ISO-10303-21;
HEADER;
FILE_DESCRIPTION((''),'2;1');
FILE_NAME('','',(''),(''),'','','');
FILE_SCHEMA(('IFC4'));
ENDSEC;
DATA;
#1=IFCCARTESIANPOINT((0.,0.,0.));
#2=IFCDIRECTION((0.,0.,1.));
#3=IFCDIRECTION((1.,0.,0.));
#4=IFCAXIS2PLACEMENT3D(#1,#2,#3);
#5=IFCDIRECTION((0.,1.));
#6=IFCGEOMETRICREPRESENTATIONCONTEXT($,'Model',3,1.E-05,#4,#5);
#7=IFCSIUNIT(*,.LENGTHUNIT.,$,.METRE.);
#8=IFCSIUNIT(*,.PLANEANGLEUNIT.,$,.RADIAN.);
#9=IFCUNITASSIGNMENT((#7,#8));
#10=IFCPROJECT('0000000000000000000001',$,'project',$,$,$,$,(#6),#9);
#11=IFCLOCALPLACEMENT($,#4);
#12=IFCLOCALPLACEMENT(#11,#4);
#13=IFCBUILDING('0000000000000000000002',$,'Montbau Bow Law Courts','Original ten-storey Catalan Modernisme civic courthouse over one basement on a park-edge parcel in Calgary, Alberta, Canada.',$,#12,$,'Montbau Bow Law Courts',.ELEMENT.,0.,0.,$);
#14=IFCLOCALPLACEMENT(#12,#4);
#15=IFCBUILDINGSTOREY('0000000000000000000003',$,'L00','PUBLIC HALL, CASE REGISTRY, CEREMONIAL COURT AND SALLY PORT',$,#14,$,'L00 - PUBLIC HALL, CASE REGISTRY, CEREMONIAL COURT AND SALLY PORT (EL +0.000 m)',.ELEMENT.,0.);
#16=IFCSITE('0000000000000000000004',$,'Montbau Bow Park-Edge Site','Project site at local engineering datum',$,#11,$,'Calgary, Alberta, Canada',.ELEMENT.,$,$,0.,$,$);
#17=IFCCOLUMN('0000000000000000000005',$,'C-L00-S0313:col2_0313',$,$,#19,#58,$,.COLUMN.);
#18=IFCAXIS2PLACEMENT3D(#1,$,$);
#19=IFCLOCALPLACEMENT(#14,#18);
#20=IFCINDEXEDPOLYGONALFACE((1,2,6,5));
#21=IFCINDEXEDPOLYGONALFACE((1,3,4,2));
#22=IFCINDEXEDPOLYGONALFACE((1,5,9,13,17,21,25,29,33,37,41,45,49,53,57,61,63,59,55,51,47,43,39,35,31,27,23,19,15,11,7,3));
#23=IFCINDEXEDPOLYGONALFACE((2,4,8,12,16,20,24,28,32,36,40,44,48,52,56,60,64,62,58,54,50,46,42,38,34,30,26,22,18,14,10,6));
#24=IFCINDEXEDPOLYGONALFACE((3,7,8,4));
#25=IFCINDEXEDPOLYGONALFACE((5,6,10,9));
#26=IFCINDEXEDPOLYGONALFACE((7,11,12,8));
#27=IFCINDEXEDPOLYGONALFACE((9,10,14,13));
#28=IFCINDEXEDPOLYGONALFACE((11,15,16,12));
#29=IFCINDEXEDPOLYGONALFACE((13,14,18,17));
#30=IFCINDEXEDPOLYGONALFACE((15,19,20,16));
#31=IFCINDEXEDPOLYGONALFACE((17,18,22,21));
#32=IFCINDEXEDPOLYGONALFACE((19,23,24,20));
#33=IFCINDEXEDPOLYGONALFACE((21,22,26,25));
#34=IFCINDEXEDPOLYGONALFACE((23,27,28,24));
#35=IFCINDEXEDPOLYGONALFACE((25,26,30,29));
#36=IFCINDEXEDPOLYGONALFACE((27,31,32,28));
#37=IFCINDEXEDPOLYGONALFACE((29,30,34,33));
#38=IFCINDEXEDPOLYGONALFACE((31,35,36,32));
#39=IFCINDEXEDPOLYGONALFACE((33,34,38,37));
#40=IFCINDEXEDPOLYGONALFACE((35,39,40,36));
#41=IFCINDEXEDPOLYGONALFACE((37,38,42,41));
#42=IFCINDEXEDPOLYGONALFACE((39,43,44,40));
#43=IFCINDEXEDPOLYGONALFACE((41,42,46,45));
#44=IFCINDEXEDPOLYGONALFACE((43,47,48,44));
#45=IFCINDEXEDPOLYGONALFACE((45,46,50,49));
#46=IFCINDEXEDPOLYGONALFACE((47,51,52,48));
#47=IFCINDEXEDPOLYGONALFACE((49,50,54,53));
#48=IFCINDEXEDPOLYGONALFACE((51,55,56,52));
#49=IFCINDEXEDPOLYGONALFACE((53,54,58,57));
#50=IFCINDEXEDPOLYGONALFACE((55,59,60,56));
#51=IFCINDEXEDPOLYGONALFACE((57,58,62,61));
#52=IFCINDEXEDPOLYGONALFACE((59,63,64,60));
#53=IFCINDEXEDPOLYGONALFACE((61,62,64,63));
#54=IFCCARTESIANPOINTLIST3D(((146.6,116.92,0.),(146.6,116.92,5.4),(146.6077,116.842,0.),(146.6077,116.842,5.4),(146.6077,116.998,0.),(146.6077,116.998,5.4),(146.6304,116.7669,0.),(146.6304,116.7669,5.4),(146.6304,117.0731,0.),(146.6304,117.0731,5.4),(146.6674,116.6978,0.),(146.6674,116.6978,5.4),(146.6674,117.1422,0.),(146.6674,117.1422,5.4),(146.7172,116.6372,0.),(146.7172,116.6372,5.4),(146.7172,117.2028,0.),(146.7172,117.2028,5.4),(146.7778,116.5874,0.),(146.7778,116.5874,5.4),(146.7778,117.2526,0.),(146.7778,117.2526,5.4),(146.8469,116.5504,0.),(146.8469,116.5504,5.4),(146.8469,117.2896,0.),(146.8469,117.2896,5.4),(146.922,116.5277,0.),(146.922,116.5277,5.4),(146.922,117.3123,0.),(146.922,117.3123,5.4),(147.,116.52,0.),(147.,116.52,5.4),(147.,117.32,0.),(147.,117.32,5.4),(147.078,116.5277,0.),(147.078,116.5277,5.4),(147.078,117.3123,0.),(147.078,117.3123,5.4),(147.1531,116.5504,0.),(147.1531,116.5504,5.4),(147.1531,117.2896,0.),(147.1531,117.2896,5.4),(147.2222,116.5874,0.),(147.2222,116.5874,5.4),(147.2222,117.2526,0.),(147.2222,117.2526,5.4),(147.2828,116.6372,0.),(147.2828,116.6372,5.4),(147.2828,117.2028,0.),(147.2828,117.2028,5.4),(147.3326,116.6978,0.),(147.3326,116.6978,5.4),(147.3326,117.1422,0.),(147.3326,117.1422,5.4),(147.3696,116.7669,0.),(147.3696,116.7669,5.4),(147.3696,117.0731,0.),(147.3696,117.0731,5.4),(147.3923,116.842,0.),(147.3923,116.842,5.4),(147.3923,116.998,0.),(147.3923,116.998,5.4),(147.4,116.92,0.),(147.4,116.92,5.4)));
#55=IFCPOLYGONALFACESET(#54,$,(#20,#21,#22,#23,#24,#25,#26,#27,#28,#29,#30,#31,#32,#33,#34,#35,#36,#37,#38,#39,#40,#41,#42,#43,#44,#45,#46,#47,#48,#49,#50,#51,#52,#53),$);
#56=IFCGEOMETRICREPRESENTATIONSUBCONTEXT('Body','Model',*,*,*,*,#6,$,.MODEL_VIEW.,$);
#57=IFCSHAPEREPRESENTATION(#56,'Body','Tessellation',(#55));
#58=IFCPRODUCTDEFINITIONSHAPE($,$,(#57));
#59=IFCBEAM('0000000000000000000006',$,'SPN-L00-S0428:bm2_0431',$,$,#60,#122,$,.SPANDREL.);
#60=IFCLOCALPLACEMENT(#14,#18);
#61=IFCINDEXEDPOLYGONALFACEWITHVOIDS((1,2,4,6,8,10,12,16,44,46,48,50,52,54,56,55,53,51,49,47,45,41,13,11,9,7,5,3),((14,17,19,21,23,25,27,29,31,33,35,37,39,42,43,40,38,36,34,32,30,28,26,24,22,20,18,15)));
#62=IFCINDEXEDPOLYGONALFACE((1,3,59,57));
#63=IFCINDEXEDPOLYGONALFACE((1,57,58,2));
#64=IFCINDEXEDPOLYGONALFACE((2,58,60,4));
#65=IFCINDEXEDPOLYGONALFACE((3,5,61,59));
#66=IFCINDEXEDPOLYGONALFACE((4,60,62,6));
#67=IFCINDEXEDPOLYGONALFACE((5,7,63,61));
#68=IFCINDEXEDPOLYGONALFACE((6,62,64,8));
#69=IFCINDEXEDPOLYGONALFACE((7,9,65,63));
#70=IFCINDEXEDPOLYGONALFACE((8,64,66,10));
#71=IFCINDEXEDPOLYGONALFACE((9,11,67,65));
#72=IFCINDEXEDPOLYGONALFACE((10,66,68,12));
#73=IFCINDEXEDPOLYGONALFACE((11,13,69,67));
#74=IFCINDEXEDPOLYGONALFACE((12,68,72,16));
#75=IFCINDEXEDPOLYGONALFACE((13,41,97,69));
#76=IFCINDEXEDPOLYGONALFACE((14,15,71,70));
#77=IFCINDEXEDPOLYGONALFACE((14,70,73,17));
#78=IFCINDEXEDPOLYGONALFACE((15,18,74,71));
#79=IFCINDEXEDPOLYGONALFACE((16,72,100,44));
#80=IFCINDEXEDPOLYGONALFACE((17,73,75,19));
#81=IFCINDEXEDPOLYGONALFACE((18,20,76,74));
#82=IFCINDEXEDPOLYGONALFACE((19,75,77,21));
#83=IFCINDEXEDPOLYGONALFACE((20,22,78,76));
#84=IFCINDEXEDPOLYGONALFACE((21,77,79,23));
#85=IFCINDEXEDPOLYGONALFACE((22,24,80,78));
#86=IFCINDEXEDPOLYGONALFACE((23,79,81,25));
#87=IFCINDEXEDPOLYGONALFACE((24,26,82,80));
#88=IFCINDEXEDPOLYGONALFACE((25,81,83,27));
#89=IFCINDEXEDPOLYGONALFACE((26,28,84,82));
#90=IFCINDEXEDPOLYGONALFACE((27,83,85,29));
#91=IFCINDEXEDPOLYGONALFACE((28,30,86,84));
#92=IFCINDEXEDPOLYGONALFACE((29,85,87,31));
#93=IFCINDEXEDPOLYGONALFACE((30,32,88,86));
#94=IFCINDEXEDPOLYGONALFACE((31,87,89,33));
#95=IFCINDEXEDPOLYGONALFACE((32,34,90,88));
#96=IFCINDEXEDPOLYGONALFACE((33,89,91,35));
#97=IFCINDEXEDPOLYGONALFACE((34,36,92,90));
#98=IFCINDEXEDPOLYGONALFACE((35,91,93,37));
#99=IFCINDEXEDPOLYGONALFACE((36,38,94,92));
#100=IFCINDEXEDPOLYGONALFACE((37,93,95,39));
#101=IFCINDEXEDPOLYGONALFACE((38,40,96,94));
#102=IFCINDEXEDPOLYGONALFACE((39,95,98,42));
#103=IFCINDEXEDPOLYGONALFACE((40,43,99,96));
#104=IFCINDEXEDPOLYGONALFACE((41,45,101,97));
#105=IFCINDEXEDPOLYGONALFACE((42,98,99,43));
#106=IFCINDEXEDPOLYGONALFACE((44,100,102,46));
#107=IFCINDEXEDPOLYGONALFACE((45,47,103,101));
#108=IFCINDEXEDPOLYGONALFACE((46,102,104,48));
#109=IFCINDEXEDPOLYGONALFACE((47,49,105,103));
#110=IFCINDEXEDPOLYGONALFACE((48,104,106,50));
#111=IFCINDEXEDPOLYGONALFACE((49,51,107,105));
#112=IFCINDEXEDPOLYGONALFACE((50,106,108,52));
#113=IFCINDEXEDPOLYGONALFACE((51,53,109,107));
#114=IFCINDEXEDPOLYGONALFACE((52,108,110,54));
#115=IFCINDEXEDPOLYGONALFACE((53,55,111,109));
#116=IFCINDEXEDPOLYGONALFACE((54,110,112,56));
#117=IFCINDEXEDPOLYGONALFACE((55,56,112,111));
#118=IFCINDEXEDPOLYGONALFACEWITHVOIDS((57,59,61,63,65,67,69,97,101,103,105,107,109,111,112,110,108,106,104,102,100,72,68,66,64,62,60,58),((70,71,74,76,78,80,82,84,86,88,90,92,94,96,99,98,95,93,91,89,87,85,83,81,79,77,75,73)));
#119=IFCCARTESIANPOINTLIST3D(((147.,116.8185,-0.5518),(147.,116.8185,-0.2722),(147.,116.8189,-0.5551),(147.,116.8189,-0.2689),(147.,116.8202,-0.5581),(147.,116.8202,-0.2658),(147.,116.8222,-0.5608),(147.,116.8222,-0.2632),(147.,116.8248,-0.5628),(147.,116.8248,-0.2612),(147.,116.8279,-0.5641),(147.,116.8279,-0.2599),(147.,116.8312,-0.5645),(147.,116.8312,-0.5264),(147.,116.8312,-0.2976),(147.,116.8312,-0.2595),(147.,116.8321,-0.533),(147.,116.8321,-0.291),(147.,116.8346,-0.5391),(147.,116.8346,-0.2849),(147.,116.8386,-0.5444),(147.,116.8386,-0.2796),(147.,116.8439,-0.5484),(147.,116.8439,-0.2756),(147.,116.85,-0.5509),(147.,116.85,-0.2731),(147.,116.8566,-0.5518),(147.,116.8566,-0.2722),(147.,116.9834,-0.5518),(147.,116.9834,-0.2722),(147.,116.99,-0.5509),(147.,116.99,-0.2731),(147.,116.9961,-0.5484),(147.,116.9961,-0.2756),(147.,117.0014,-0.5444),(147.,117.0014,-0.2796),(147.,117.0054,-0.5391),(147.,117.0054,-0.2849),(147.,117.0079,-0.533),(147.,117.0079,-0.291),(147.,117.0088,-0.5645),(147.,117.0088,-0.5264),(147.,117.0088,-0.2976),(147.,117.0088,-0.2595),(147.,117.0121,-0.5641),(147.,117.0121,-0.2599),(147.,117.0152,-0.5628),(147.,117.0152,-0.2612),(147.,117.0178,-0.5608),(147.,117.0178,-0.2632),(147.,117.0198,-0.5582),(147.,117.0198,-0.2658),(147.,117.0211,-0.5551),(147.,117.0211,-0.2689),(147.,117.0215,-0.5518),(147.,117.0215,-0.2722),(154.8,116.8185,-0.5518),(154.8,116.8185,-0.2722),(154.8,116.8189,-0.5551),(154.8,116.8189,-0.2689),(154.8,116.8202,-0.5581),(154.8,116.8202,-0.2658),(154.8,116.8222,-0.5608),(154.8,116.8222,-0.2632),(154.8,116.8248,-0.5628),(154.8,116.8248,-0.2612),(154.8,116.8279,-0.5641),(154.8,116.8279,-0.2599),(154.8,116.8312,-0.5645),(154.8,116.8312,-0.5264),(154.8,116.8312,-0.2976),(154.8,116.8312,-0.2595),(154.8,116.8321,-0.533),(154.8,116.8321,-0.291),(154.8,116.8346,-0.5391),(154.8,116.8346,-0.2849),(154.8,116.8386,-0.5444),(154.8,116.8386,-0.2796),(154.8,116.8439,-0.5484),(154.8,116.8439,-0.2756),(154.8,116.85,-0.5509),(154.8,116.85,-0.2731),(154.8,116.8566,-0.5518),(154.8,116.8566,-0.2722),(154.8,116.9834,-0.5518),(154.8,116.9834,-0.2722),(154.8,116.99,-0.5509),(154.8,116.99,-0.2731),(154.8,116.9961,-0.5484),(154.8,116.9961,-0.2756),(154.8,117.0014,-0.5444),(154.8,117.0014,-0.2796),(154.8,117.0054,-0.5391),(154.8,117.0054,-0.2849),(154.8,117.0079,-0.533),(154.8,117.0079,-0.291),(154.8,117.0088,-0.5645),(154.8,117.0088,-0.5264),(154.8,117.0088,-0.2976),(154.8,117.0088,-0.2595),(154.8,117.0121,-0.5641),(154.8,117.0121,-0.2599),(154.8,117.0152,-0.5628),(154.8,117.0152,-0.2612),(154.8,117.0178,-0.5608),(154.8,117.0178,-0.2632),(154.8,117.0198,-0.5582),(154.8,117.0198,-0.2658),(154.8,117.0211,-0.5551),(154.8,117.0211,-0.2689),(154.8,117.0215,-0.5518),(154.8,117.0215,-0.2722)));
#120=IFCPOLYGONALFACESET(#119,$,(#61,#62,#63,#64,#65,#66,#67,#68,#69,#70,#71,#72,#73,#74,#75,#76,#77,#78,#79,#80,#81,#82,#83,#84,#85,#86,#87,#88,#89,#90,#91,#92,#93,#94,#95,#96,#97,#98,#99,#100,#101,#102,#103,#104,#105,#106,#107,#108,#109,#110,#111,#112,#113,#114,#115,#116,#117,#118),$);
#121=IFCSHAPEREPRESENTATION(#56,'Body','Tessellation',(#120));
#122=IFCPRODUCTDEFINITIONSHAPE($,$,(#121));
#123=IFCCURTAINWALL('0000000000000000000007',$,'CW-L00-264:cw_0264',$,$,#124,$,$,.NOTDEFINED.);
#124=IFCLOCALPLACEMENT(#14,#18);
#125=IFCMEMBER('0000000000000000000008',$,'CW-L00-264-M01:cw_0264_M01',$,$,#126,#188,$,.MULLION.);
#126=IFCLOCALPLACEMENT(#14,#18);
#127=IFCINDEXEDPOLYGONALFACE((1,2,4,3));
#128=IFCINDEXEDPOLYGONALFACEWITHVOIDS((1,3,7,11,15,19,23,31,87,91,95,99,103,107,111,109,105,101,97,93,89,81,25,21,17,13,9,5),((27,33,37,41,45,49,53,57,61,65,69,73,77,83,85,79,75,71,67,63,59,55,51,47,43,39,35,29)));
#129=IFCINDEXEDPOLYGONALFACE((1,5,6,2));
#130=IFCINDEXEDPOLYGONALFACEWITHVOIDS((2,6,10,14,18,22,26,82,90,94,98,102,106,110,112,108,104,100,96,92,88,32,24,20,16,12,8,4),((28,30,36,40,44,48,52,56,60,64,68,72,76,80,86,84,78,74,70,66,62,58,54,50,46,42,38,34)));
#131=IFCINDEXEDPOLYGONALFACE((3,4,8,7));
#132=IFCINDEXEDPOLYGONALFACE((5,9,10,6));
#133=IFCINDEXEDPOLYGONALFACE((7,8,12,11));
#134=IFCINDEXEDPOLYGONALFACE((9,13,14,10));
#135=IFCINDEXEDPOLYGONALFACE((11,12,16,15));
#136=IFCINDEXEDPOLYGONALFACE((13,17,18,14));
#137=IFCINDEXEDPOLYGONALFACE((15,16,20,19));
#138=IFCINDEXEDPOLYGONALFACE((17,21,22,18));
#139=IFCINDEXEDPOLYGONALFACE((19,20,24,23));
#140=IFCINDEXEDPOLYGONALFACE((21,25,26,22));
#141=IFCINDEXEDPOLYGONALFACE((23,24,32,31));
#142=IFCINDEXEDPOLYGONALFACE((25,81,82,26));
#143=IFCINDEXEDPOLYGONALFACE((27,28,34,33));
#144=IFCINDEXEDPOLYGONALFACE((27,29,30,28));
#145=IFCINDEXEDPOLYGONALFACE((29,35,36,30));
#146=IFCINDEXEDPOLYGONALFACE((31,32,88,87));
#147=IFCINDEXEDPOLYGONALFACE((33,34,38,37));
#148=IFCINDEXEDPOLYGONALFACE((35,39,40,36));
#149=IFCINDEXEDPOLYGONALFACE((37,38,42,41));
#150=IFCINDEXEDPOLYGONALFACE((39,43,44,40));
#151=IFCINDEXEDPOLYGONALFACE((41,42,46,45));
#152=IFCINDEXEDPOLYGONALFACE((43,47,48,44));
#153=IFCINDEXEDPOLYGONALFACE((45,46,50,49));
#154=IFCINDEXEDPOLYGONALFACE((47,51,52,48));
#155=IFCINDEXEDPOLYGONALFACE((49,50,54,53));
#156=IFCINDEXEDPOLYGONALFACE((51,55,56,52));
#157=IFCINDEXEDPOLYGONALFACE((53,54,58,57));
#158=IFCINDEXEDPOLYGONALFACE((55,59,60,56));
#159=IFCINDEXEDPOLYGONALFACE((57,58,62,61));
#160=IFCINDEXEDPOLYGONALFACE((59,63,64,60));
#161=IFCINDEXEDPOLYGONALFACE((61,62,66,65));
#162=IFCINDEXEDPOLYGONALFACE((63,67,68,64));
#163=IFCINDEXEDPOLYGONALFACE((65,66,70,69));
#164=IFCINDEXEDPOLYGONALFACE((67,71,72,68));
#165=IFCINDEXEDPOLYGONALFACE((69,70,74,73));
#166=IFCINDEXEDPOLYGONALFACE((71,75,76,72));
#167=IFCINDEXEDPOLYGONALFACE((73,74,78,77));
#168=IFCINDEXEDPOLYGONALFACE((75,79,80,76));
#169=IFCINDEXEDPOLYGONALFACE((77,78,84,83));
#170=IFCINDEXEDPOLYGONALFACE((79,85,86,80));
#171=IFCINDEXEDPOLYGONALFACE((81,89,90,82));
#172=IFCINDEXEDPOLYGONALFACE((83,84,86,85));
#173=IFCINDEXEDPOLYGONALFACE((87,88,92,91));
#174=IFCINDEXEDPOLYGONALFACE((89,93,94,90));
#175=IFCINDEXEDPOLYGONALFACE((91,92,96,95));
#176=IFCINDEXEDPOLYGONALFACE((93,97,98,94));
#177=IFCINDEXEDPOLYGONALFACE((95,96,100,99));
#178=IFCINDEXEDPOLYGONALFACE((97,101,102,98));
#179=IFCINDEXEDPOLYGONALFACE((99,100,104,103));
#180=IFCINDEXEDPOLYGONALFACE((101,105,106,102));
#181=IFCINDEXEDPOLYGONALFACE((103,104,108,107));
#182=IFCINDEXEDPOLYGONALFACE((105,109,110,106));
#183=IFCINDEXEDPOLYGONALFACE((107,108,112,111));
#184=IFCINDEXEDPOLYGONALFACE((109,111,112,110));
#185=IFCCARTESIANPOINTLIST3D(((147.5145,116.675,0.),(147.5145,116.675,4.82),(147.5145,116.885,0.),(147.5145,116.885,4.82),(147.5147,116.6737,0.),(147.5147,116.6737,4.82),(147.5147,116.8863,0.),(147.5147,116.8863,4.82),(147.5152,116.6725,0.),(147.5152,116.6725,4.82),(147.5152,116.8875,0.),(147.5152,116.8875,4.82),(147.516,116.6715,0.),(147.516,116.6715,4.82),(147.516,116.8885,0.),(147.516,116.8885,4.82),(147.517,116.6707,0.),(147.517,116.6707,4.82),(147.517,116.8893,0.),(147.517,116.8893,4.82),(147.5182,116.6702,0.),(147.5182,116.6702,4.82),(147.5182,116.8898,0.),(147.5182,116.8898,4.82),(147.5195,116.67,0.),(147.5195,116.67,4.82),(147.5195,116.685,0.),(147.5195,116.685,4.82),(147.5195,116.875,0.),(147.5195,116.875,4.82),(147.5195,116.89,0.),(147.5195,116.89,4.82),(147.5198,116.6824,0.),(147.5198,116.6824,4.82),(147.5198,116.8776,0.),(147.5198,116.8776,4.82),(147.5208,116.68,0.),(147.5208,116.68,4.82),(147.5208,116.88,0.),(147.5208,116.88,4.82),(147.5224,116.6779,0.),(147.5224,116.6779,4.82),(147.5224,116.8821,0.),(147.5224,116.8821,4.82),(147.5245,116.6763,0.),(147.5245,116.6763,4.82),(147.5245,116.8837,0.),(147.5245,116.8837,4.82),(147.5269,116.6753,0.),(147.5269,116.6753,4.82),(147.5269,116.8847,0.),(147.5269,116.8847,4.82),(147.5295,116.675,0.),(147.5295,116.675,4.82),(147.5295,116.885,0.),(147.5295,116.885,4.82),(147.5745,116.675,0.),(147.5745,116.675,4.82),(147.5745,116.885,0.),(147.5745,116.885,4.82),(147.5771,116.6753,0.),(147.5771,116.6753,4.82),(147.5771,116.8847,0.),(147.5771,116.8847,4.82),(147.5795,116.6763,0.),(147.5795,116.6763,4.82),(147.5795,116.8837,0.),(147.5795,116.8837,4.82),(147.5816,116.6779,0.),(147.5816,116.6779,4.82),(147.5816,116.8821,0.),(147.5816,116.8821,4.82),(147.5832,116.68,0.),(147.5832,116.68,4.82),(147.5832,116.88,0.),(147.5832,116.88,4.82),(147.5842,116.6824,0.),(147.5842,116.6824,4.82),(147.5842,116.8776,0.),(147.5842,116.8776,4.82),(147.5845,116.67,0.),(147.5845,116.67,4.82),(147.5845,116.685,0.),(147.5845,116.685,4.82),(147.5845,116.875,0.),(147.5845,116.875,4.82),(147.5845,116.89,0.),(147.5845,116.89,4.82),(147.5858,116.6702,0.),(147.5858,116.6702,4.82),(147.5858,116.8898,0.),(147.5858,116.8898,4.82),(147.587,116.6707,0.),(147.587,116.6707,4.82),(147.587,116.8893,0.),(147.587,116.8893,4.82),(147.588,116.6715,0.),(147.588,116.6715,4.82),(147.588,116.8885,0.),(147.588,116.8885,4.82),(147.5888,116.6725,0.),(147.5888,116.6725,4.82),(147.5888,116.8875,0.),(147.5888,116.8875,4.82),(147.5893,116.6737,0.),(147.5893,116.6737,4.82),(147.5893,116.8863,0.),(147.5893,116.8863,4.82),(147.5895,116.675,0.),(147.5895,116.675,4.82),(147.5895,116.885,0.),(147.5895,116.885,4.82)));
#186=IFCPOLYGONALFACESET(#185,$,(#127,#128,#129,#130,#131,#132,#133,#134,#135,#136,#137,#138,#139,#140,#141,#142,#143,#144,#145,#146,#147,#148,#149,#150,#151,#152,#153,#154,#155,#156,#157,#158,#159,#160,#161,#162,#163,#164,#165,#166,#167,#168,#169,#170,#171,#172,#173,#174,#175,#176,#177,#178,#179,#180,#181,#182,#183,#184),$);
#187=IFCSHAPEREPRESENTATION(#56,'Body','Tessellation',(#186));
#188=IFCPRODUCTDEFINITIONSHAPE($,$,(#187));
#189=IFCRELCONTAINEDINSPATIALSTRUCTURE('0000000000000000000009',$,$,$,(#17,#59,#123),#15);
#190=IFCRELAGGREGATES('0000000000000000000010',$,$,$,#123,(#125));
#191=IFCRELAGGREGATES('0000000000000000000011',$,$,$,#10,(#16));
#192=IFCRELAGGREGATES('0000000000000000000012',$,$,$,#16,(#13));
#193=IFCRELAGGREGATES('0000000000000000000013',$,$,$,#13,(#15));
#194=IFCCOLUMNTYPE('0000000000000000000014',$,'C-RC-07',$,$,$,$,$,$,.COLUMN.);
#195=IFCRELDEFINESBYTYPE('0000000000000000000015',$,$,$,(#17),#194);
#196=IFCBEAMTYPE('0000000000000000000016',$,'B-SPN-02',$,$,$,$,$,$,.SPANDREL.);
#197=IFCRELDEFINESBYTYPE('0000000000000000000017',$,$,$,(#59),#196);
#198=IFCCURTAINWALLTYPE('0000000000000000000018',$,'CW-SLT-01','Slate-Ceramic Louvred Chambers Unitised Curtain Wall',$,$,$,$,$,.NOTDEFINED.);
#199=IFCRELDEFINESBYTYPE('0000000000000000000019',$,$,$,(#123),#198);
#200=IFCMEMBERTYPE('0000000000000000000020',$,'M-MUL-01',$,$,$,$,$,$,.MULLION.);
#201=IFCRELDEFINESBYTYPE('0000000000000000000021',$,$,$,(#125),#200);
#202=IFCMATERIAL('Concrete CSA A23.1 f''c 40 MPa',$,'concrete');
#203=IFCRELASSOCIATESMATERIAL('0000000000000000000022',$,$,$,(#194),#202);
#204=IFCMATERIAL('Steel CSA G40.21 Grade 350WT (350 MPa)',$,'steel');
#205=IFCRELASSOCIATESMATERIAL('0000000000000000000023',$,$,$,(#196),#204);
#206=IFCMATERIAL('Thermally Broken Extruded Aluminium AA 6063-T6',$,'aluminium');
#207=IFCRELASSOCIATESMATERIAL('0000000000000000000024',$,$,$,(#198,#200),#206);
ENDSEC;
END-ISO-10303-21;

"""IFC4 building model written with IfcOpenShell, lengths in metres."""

from ifc_helpers import new_model, si_unit, direction, frame, origin_with_axes, origin_2d_with_axis, place, context, subcontext, project, spatial, hollow_rectangle, circle, extrude, material, material_profile, profile_set, type_object, element, aggregate, save


model = new_model("IFC4")

# Units and contexts
model_context = context("Model", 3, precision=1e-05, world=origin_with_axes(), true_north=direction((0.0, 1.0)))
body_context = subcontext(model_context, "Body", "Model", "MODEL_VIEW")
ifc_project = project(units=[si_unit("LENGTHUNIT", "METRE"), si_unit("PLANEANGLEUNIT", "RADIAN")], contexts=[model_context])

# Site, building, storey
site_placement = place(None, origin_with_axes())
site = spatial("IfcSite", under=ifc_project, at=site_placement, Name="Montbau Bow Park-Edge Site", Description="Project site at local engineering datum", LongName="Calgary, Alberta, Canada", CompositionType="ELEMENT", RefElevation=0.0)
building_placement = place(site_placement, origin_with_axes())
building = spatial("IfcBuilding", under=site, at=building_placement, Name="Montbau Bow Law Courts", Description="Original ten-storey Catalan Modernisme civic courthouse over one basement on a park-edge parcel in Calgary, Alberta, Canada.", LongName="Montbau Bow Law Courts", CompositionType="ELEMENT", ElevationOfRefHeight=0.0, ElevationOfTerrain=0.0)
storey_placement = place(building_placement, origin_with_axes())
storey = spatial("IfcBuildingStorey", under=building, at=storey_placement, Name="L00", Description="PUBLIC HALL, CASE REGISTRY, CEREMONIAL COURT AND SALLY PORT", LongName="L00 - PUBLIC HALL, CASE REGISTRY, CEREMONIAL COURT AND SALLY PORT (EL +0.000 m)", CompositionType="ELEMENT", Elevation=0.0)

# Column
ifc_material_1 = material(Name="Concrete CSA A23.1 f'c 40 MPa", Category="concrete")
ifc_material_profile_1 = material_profile(ifc_material_1, circle(Radius=0.4, at=origin_2d_with_axis()), Name="RC800D", Category="Main", Priority=0)
ifc_profile_set_1 = profile_set([ifc_material_profile_1], Name="Concrete CSA A23.1 f'c 40 MPa")
column_type = type_object("IfcColumnType", Name="C-RC-07", PredefinedType="COLUMN", material=ifc_profile_set_1)
column_placement = place(None, frame((147.0, 116.92, 0.0), z_axis=(0.0, 0.0, 1.0), x_axis=(1.0, 0.0, 0.0)))
element("IfcColumn", 1, at=column_placement, inside=storey, type_object=column_type, Name="C-L00-S0313:col2_0313", PredefinedType="COLUMN", context=body_context, shape_type="SweptSolid", body=[
    extrude(circle(Radius=0.4, at=origin_2d_with_axis()), origin_with_axes(), (0.0, 0.0, 1.0), 5.4),
])

# Beam
ifc_material_2 = material(Name="Steel CSA G40.21 Grade 350WT (350 MPa)", Category="steel")
ifc_material_profile_2 = material_profile(ifc_material_2, hollow_rectangle(XDim=0.203, YDim=0.305, WallThickness=0.0127, InnerFilletRadius=0.0254, OuterFilletRadius=0.0127, at=origin_2d_with_axis()), Name="HSS305X203X13", Category="Main", Priority=0)
ifc_profile_set_2 = profile_set([ifc_material_profile_2], Name="Steel CSA G40.21 Grade 350WT (350 MPa)")
beam_type = type_object("IfcBeamType", Name="B-SPN-02", PredefinedType="SPANDREL", material=ifc_profile_set_2)
beam_placement = place(None, frame((147.0, 116.92, -0.412), z_axis=(1.0, 0.0, 0.0), x_axis=(0.0, 1.0, 0.0)))
element("IfcBeam", 2, at=beam_placement, inside=storey, type_object=beam_type, Name="SPN-L00-S0428:bm2_0431", PredefinedType="SPANDREL", context=body_context, shape_type="SweptSolid", body=[
    extrude(hollow_rectangle(XDim=0.203, YDim=0.305, WallThickness=0.0127, InnerFilletRadius=0.0254, OuterFilletRadius=0.0127, at=origin_2d_with_axis()), origin_with_axes(), (0.0, 0.0, 1.0), 7.8),
])

# Curtain wall, member
ifc_material_3 = material(Name="Thermally Broken Extruded Aluminium AA 6063-T6", Category="aluminium")
curtain_wall_type = type_object("IfcCurtainWallType", Name="CW-SLT-01", Description="Slate-Ceramic Louvred Chambers Unitised Curtain Wall", PredefinedType="NOTDEFINED", material=ifc_material_3)
curtain_wall_1_placement = place(None, frame((147.515, 116.78, 0.0), z_axis=(0.0, 0.0, 1.0), x_axis=(1.0, 0.0, 0.0)))
curtain_wall_1 = element("IfcCurtainWall", 3, at=curtain_wall_1_placement, inside=storey, type_object=curtain_wall_type, Name="CW-L00-264:cw_0264", PredefinedType="NOTDEFINED")
ifc_material_profile_3 = material_profile(ifc_material_3, hollow_rectangle(XDim=0.075, YDim=0.22, WallThickness=0.005, InnerFilletRadius=0.01, OuterFilletRadius=0.005, at=origin_2d_with_axis()), Name="CWM-220X75", Category="Main", Priority=0)
ifc_profile_set_3 = profile_set([ifc_material_profile_3], Name="Thermally Broken Extruded Aluminium AA 6063-T6")
member_type_1 = type_object("IfcMemberType", Name="M-MUL-01", PredefinedType="MULLION", material=ifc_profile_set_3)
member_1_placement = place(None, frame((147.552, 116.78, 0.0), z_axis=(0.0, 0.0, 1.0), x_axis=(1.0, 0.0, 0.0)))
member_1 = element("IfcMember", 4, at=member_1_placement, type_object=member_type_1, Name="CW-L00-264-M01:cw_0264_M01", PredefinedType="MULLION", context=body_context, shape_type="SweptSolid", body=[
    extrude(hollow_rectangle(XDim=0.075, YDim=0.22, WallThickness=0.005, InnerFilletRadius=0.01, OuterFilletRadius=0.005, at=origin_2d_with_axis()), origin_with_axes(), (0.0, 0.0, 1.0), 4.82),
])

aggregate(curtain_wall_1, [member_1])

save(model, "model.ifc")
